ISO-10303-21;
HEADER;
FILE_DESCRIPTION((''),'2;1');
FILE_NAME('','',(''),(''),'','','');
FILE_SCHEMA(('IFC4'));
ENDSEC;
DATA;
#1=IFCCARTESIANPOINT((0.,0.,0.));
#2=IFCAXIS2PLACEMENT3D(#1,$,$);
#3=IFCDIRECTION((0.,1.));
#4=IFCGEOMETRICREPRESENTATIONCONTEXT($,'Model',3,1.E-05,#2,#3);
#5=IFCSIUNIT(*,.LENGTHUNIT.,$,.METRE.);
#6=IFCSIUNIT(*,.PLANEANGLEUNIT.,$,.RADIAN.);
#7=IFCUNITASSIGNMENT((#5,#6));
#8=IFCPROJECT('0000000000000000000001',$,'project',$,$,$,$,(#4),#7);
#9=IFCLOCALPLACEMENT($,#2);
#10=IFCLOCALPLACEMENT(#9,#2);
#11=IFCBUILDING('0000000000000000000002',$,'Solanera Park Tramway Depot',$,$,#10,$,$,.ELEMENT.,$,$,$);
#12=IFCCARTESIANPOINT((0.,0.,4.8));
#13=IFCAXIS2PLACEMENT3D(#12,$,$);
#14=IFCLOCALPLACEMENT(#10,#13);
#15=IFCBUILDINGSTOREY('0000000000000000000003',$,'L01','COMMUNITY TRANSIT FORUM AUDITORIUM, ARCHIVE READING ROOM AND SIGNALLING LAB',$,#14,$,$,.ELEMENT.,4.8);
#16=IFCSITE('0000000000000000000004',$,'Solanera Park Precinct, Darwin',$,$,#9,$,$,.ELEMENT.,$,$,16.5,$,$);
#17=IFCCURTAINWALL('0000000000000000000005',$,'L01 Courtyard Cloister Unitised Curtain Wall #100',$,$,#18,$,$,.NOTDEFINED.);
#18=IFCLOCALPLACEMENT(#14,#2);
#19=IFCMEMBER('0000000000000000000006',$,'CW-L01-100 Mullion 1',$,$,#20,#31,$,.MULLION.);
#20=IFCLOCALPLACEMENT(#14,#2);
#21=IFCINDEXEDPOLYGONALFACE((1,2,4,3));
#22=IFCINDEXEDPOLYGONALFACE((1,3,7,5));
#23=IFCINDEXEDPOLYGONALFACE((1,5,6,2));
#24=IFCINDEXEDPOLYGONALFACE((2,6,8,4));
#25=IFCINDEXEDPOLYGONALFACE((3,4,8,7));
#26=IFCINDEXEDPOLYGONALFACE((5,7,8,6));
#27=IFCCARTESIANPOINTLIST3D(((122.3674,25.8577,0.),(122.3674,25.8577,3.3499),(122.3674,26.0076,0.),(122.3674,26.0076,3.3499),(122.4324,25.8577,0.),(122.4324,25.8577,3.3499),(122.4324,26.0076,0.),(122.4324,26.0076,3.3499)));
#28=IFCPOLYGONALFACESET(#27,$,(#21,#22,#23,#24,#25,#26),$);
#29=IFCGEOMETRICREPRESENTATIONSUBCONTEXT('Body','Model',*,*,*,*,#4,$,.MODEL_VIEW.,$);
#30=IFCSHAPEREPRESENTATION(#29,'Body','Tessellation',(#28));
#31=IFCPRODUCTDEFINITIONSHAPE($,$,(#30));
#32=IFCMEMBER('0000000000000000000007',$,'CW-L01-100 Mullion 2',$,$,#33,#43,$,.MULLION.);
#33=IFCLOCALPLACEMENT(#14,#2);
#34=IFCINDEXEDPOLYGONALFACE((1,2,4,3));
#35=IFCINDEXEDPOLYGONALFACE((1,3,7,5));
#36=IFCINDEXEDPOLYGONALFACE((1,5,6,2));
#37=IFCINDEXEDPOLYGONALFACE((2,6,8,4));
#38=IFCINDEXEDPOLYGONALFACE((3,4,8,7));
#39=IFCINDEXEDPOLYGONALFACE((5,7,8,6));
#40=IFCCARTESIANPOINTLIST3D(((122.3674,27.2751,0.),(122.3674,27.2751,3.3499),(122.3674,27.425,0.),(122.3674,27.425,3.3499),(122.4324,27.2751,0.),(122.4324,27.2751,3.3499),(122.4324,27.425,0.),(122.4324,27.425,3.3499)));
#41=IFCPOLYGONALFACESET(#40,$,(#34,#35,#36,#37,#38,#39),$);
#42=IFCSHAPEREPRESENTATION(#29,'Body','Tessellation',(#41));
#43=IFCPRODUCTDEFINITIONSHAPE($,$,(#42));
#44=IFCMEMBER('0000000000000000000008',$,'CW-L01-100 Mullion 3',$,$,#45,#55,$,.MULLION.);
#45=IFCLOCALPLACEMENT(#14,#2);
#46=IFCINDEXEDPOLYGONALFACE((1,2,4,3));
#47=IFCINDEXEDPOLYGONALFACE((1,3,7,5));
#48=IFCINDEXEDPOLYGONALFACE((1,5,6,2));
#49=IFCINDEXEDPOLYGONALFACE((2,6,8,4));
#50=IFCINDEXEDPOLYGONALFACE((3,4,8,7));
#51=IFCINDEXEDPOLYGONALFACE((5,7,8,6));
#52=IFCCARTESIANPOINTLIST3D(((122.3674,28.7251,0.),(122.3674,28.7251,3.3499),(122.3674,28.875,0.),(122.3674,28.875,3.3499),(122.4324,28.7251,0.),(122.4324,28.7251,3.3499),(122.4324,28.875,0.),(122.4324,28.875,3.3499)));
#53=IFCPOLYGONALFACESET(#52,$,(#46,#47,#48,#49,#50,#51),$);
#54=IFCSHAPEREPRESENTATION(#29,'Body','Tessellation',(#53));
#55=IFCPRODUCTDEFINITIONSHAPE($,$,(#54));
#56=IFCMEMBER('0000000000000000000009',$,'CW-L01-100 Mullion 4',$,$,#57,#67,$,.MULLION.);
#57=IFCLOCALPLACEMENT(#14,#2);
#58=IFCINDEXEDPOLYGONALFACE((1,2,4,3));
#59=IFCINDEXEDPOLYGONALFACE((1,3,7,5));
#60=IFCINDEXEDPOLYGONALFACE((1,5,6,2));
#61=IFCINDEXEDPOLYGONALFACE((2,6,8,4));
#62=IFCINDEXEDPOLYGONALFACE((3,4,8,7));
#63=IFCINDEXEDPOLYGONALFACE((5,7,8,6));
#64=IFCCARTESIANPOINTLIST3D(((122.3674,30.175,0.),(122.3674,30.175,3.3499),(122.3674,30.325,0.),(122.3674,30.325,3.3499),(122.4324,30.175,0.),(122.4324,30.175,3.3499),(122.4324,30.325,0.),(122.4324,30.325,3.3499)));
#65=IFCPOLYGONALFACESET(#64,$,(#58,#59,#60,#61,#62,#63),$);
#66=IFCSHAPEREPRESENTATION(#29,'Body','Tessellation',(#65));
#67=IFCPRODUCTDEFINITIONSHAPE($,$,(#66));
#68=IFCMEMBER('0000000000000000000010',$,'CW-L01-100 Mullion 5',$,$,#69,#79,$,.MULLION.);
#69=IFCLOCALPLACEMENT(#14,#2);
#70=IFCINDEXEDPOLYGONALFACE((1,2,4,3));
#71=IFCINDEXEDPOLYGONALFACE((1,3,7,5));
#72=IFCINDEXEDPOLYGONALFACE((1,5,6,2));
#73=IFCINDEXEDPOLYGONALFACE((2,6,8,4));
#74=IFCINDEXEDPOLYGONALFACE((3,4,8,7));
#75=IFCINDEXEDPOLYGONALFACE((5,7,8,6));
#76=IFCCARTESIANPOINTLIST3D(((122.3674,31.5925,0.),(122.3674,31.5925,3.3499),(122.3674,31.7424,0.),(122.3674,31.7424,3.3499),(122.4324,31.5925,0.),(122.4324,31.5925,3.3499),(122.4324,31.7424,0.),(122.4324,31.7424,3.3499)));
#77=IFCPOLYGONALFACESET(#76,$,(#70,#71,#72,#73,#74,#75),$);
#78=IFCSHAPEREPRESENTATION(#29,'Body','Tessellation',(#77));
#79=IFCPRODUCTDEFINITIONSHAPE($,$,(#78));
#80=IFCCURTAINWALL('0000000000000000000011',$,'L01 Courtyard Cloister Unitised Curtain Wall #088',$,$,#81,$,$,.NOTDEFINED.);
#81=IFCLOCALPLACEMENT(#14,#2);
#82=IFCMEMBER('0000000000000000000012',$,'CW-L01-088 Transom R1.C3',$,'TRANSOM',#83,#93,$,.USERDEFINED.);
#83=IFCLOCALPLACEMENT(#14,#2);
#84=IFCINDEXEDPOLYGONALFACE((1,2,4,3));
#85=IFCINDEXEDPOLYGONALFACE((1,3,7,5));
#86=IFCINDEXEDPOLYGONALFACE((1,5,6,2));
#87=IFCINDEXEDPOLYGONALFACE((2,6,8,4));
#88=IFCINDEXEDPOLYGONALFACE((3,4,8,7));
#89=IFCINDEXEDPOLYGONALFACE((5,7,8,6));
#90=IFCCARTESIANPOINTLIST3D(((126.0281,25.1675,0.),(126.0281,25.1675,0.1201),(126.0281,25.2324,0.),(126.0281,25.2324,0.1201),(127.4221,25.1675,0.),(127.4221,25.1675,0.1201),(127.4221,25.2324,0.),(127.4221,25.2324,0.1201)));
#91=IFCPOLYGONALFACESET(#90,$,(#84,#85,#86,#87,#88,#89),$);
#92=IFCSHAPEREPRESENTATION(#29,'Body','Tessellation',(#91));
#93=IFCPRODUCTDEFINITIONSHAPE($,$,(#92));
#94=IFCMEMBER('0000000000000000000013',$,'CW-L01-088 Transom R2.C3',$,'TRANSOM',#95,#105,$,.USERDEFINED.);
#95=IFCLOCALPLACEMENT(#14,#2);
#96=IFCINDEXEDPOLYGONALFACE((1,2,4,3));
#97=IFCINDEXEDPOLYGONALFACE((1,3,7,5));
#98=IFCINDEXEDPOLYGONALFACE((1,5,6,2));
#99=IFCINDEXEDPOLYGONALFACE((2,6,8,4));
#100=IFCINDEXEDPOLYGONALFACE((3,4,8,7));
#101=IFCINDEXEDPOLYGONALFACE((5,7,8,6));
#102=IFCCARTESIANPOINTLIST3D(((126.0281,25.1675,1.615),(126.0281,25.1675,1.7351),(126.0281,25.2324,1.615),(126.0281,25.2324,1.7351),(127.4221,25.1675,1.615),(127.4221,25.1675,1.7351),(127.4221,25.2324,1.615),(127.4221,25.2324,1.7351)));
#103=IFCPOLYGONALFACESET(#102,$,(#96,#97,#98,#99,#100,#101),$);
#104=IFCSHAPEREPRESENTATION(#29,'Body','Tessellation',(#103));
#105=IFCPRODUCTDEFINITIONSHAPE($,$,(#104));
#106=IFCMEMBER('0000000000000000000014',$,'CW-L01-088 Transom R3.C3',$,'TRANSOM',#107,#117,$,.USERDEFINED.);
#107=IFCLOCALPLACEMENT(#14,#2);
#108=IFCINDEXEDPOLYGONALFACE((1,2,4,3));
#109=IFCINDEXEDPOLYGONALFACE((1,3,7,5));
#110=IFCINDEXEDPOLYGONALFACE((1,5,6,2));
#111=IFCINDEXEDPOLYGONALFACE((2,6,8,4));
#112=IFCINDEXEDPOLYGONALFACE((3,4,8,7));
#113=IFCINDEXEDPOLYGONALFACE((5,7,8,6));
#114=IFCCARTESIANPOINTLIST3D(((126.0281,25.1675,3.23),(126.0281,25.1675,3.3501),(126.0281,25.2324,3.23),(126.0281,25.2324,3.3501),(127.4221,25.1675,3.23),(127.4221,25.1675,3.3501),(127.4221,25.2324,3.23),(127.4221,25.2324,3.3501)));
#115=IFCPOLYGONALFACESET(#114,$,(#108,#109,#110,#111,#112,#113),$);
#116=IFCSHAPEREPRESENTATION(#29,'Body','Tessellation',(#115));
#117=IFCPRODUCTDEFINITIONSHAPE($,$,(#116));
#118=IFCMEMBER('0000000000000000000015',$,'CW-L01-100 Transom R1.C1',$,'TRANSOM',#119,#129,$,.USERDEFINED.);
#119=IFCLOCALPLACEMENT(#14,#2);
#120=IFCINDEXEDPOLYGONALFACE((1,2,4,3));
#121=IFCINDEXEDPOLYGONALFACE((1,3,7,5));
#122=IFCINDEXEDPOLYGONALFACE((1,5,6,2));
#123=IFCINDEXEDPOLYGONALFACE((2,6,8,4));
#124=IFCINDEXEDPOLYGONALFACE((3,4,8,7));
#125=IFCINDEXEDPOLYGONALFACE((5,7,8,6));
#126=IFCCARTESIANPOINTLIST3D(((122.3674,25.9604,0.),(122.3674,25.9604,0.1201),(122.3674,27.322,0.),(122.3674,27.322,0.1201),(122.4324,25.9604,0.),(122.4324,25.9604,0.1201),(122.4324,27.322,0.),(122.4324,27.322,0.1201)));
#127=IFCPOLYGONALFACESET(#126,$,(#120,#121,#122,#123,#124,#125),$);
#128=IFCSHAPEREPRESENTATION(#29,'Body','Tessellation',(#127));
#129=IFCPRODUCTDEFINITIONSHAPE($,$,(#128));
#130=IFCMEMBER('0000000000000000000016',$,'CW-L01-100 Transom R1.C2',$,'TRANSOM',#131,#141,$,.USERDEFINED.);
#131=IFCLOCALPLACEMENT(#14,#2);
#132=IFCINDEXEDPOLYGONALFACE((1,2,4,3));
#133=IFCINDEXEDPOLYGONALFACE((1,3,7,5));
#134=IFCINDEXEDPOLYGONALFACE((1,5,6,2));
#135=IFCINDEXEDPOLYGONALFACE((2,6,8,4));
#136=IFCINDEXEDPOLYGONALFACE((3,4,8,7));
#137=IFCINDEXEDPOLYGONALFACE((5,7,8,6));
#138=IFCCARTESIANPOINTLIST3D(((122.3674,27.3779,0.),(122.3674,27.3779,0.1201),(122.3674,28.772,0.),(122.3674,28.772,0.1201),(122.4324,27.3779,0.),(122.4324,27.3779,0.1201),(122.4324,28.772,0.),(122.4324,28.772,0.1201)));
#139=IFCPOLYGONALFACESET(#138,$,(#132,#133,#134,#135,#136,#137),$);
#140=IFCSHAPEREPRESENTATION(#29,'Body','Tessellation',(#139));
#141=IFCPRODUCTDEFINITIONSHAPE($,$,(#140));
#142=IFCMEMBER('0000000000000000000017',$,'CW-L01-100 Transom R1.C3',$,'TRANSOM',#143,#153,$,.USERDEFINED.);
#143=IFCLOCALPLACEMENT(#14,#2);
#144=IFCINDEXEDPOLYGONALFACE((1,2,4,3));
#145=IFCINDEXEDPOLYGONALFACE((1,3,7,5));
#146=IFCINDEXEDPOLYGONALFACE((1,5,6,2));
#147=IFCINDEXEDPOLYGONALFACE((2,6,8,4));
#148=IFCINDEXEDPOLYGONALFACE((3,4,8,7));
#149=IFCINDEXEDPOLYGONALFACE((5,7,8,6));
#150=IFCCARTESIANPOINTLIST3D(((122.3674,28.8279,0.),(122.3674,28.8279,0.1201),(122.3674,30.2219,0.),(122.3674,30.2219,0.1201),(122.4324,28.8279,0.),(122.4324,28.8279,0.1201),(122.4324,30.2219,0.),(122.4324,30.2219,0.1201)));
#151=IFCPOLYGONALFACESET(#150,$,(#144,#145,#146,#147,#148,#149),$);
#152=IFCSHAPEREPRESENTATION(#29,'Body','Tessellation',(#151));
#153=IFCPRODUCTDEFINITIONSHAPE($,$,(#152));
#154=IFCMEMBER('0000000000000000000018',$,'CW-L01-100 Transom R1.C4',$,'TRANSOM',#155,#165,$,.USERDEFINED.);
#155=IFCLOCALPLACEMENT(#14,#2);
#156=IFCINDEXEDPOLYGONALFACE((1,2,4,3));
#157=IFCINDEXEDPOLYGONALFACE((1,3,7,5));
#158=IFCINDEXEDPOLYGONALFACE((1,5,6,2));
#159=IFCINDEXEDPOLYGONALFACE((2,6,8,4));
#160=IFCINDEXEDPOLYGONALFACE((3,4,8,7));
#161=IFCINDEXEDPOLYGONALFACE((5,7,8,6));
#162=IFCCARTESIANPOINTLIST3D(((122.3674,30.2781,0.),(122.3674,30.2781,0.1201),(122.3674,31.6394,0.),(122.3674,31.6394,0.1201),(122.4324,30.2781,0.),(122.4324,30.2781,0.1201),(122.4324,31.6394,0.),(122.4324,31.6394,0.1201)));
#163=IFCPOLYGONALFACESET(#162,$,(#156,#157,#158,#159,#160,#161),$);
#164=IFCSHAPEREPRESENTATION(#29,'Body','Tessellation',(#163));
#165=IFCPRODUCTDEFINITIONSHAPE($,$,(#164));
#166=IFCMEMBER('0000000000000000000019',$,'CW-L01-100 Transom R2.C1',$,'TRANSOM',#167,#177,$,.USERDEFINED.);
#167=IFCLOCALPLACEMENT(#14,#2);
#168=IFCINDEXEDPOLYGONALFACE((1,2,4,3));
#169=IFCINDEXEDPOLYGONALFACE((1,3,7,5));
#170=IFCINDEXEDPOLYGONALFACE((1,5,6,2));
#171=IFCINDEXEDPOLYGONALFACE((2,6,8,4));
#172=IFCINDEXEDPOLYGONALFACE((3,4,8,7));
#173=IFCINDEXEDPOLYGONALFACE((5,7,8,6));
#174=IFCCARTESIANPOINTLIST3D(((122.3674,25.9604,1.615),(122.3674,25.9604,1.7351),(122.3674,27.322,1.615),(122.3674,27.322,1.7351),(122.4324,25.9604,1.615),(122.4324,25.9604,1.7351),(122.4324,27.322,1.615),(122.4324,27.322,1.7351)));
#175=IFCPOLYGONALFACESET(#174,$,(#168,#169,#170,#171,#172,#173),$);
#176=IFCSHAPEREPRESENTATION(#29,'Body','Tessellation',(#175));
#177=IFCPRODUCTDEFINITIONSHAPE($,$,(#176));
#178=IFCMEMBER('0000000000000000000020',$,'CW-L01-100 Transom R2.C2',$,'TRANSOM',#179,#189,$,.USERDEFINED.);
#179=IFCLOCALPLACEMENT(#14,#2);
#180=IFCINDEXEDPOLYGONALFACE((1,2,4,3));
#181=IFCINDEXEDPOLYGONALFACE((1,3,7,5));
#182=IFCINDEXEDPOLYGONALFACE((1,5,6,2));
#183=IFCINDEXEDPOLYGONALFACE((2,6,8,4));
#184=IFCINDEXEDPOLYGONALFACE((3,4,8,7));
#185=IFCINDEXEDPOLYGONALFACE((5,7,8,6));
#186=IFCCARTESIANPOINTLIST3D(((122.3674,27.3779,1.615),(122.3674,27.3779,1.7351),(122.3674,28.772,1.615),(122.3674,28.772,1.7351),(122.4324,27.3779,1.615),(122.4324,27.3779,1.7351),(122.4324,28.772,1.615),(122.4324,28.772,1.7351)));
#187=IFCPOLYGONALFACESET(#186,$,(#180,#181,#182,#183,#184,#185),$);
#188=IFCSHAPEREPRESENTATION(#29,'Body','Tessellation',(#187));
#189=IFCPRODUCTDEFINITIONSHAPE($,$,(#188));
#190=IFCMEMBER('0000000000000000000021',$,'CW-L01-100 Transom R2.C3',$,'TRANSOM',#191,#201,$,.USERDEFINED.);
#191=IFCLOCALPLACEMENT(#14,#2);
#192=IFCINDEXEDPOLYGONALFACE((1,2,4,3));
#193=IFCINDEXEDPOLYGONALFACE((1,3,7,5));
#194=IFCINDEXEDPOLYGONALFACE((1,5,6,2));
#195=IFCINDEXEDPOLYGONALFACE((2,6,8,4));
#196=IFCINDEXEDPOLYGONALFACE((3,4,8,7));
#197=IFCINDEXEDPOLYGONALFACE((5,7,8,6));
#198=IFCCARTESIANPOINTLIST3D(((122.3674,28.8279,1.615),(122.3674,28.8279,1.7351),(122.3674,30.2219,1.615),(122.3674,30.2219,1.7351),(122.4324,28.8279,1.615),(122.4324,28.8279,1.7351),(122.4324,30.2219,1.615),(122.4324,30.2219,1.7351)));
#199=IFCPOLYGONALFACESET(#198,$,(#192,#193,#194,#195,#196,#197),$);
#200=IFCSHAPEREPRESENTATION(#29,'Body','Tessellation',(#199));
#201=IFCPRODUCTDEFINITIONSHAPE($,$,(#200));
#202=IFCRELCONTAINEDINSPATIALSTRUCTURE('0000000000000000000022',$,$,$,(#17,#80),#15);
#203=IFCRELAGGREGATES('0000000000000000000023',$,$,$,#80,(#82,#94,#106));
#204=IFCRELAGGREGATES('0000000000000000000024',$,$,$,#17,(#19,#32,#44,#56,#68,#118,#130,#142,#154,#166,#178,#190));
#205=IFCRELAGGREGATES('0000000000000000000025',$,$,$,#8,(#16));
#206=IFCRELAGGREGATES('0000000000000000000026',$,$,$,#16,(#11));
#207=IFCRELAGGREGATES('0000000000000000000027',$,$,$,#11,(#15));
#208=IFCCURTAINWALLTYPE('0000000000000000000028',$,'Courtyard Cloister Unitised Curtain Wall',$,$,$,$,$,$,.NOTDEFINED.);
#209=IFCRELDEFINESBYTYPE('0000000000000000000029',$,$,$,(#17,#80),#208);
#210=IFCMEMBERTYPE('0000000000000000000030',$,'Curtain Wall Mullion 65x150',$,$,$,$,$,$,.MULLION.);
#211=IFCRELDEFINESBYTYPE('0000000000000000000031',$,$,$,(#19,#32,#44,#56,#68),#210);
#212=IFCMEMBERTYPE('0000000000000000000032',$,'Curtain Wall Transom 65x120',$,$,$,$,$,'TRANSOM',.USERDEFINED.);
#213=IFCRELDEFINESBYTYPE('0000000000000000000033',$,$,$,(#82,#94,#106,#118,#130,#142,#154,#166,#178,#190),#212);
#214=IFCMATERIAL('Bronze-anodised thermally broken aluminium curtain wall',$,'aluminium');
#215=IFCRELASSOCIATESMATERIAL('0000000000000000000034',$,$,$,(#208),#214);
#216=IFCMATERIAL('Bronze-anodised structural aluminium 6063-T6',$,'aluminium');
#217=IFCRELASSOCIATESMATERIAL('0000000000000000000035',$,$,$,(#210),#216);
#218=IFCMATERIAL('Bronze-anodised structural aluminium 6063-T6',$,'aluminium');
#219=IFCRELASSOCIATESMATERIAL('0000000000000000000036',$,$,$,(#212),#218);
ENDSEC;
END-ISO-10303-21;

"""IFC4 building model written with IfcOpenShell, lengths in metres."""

from ifc_helpers import new_model, si_unit, direction, frame, origin, origin_2d, place, context, subcontext, project, spatial, rectangle, extrude, material, material_profile, profile_set, type_object, element, aggregate, save


model = new_model("IFC4")

# Units and contexts
model_context = context("Model", 3, precision=1e-05, world=origin(), true_north=direction((0.0, 1.0)))
body_context = subcontext(model_context, "Body", "Model", "MODEL_VIEW")
ifc_project = project(units=[si_unit("LENGTHUNIT", "METRE"), si_unit("PLANEANGLEUNIT", "RADIAN")], contexts=[model_context])

# Site, building, storey
site_placement = place(None, origin())
site = spatial("IfcSite", under=ifc_project, at=site_placement, Name="Solanera Park Precinct, Darwin", CompositionType="ELEMENT", RefElevation=16.5)
building_placement = place(site_placement, origin())
building = spatial("IfcBuilding", under=site, at=building_placement, Name="Solanera Park Tramway Depot", CompositionType="ELEMENT")
storey_placement = place(building_placement, frame((0.0, 0.0, 4.8)))
storey = spatial("IfcBuildingStorey", under=building, at=storey_placement, Name="L01", Description="COMMUNITY TRANSIT FORUM AUDITORIUM, ARCHIVE READING ROOM AND SIGNALLING LAB", CompositionType="ELEMENT", Elevation=4.8)

# Curtain walls, members
ifc_material_1 = material(Name="Bronze-anodised thermally broken aluminium curtain wall", Category="aluminium")
curtain_wall_type = type_object("IfcCurtainWallType", Name="Courtyard Cloister Unitised Curtain Wall", PredefinedType="NOTDEFINED", material=ifc_material_1)
curtain_wall_1_placement = place(storey_placement, origin())
curtain_wall_1 = element("IfcCurtainWall", 1, at=curtain_wall_1_placement, inside=storey, type_object=curtain_wall_type, Name="L01 Courtyard Cloister Unitised Curtain Wall #100", PredefinedType="NOTDEFINED")
ifc_material_2 = material(Name="Bronze-anodised structural aluminium 6063-T6", Category="aluminium")
ifc_material_profile_1 = material_profile(ifc_material_2, rectangle(XDim=0.0649, YDim=0.1499, at=origin_2d()), Name="Curtain Wall Mullion 65x150")
ifc_profile_set_1 = profile_set([ifc_material_profile_1], Name="Bronze-anodised structural aluminium 6063-T6")
member_type_1 = type_object("IfcMemberType", Name="Curtain Wall Mullion 65x150", PredefinedType="MULLION", material=ifc_profile_set_1)
member_1_placement = place(storey_placement, frame((122.3999, 25.9326, 0.0), z_axis=(0.0, 0.0, 1.0), x_axis=(1.0, 0.0, 0.0)))
member_1 = element("IfcMember", 2, at=member_1_placement, type_object=member_type_1, Name="CW-L01-100 Mullion 1", PredefinedType="MULLION", context=body_context, shape_type="SweptSolid", body=[
    extrude(rectangle(XDim=0.0649, YDim=0.1499, at=origin_2d()), origin(), (0.0, 0.0, 1.0), 3.3499),
])
member_2_placement = place(storey_placement, frame((122.3999, 27.3501, 0.0), z_axis=(0.0, 0.0, 1.0), x_axis=(1.0, 0.0, 0.0)))
member_2 = element("IfcMember", 3, at=member_2_placement, type_object=member_type_1, Name="CW-L01-100 Mullion 2", PredefinedType="MULLION", context=body_context, shape_type="SweptSolid", body=[
    extrude(rectangle(XDim=0.0649, YDim=0.1499, at=origin_2d()), origin(), (0.0, 0.0, 1.0), 3.3499),
])
member_3_placement = place(storey_placement, frame((122.3999, 28.8, 0.0), z_axis=(0.0, 0.0, 1.0), x_axis=(1.0, 0.0, 0.0)))
member_3 = element("IfcMember", 4, at=member_3_placement, type_object=member_type_1, Name="CW-L01-100 Mullion 3", PredefinedType="MULLION", context=body_context, shape_type="SweptSolid", body=[
    extrude(rectangle(XDim=0.0649, YDim=0.1499, at=origin_2d()), origin(), (0.0, 0.0, 1.0), 3.3499),
])
member_4_placement = place(storey_placement, frame((122.3999, 30.25, 0.0), z_axis=(0.0, 0.0, 1.0), x_axis=(1.0, 0.0, 0.0)))
member_4 = element("IfcMember", 5, at=member_4_placement, type_object=member_type_1, Name="CW-L01-100 Mullion 4", PredefinedType="MULLION", context=body_context, shape_type="SweptSolid", body=[
    extrude(rectangle(XDim=0.0649, YDim=0.1499, at=origin_2d()), origin(), (0.0, 0.0, 1.0), 3.3499),
])
member_5_placement = place(storey_placement, frame((122.3999, 31.6675, 0.0), z_axis=(0.0, 0.0, 1.0), x_axis=(1.0, 0.0, 0.0)))
member_5 = element("IfcMember", 6, at=member_5_placement, type_object=member_type_1, Name="CW-L01-100 Mullion 5", PredefinedType="MULLION", context=body_context, shape_type="SweptSolid", body=[
    extrude(rectangle(XDim=0.0649, YDim=0.1499, at=origin_2d()), origin(), (0.0, 0.0, 1.0), 3.3499),
])
curtain_wall_2_placement = place(storey_placement, origin())
curtain_wall_2 = element("IfcCurtainWall", 7, at=curtain_wall_2_placement, inside=storey, type_object=curtain_wall_type, Name="L01 Courtyard Cloister Unitised Curtain Wall #088", PredefinedType="NOTDEFINED")
ifc_material_3 = material(Name="Bronze-anodised structural aluminium 6063-T6", Category="aluminium")
ifc_material_profile_2 = material_profile(ifc_material_3, rectangle(XDim=0.0649, YDim=0.1201, at=origin_2d()), Name="Curtain Wall Transom 65x120")
ifc_profile_set_2 = profile_set([ifc_material_profile_2], Name="Bronze-anodised structural aluminium 6063-T6")
member_type_2 = type_object("IfcMemberType", Name="Curtain Wall Transom 65x120", ElementType="TRANSOM", PredefinedType="USERDEFINED", material=ifc_profile_set_2)
member_6_placement = place(storey_placement, frame((126.0281, 25.2, 0.0601), z_axis=(1.0, 0.0, 0.0), x_axis=(0.0, 1.0, 0.0)))
member_6 = element("IfcMember", 8, at=member_6_placement, type_object=member_type_2, Name="CW-L01-088 Transom R1.C3", ObjectType="TRANSOM", PredefinedType="USERDEFINED", context=body_context, shape_type="SweptSolid", body=[
    extrude(rectangle(XDim=0.0649, YDim=0.1201, at=origin_2d()), origin(), (0.0, 0.0, 1.0), 1.394),
])
member_7_placement = place(storey_placement, frame((126.0281, 25.2, 1.675), z_axis=(1.0, 0.0, 0.0), x_axis=(0.0, 1.0, 0.0)))
member_7 = element("IfcMember", 9, at=member_7_placement, type_object=member_type_2, Name="CW-L01-088 Transom R2.C3", ObjectType="TRANSOM", PredefinedType="USERDEFINED", context=body_context, shape_type="SweptSolid", body=[
    extrude(rectangle(XDim=0.0649, YDim=0.1201, at=origin_2d()), origin(), (0.0, 0.0, 1.0), 1.394),
])
member_8_placement = place(storey_placement, frame((126.0281, 25.2, 3.29), z_axis=(1.0, 0.0, 0.0), x_axis=(0.0, 1.0, 0.0)))
member_8 = element("IfcMember", 10, at=member_8_placement, type_object=member_type_2, Name="CW-L01-088 Transom R3.C3", ObjectType="TRANSOM", PredefinedType="USERDEFINED", context=body_context, shape_type="SweptSolid", body=[
    extrude(rectangle(XDim=0.0649, YDim=0.1201, at=origin_2d()), origin(), (0.0, 0.0, 1.0), 1.394),
])

# Members
member_9_placement = place(storey_placement, frame((122.3999, 25.9604, 0.0601), z_axis=(0.0, 1.0, 0.0), x_axis=(-1.0, 0.0, 0.0)))
member_9 = element("IfcMember", 11, at=member_9_placement, type_object=member_type_2, Name="CW-L01-100 Transom R1.C1", ObjectType="TRANSOM", PredefinedType="USERDEFINED", context=body_context, shape_type="SweptSolid", body=[
    extrude(rectangle(XDim=0.0649, YDim=0.1201, at=origin_2d()), origin(), (0.0, 0.0, 1.0), 1.3616),
])
member_10_placement = place(storey_placement, frame((122.3999, 27.3779, 0.0601), z_axis=(0.0, 1.0, 0.0), x_axis=(-1.0, 0.0, 0.0)))
member_10 = element("IfcMember", 12, at=member_10_placement, type_object=member_type_2, Name="CW-L01-100 Transom R1.C2", ObjectType="TRANSOM", PredefinedType="USERDEFINED", context=body_context, shape_type="SweptSolid", body=[
    extrude(rectangle(XDim=0.0649, YDim=0.1201, at=origin_2d()), origin(), (0.0, 0.0, 1.0), 1.394),
])
member_11_placement = place(storey_placement, frame((122.3999, 28.8279, 0.0601), z_axis=(0.0, 1.0, 0.0), x_axis=(-1.0, 0.0, 0.0)))
member_11 = element("IfcMember", 13, at=member_11_placement, type_object=member_type_2, Name="CW-L01-100 Transom R1.C3", ObjectType="TRANSOM", PredefinedType="USERDEFINED", context=body_context, shape_type="SweptSolid", body=[
    extrude(rectangle(XDim=0.0649, YDim=0.1201, at=origin_2d()), origin(), (0.0, 0.0, 1.0), 1.394),
])
member_12_placement = place(storey_placement, frame((122.3999, 30.2781, 0.0601), z_axis=(0.0, 1.0, 0.0), x_axis=(-1.0, 0.0, 0.0)))
member_12 = element("IfcMember", 14, at=member_12_placement, type_object=member_type_2, Name="CW-L01-100 Transom R1.C4", ObjectType="TRANSOM", PredefinedType="USERDEFINED", context=body_context, shape_type="SweptSolid", body=[
    extrude(rectangle(XDim=0.0649, YDim=0.1201, at=origin_2d()), origin(), (0.0, 0.0, 1.0), 1.3613),
])
member_13_placement = place(storey_placement, frame((122.3999, 25.9604, 1.675), z_axis=(0.0, 1.0, 0.0), x_axis=(-1.0, 0.0, 0.0)))
member_13 = element("IfcMember", 15, at=member_13_placement, type_object=member_type_2, Name="CW-L01-100 Transom R2.C1", ObjectType="TRANSOM", PredefinedType="USERDEFINED", context=body_context, shape_type="SweptSolid", body=[
    extrude(rectangle(XDim=0.0649, YDim=0.1201, at=origin_2d()), origin(), (0.0, 0.0, 1.0), 1.3616),
])
member_14_placement = place(storey_placement, frame((122.3999, 27.3779, 1.675), z_axis=(0.0, 1.0, 0.0), x_axis=(-1.0, 0.0, 0.0)))
member_14 = element("IfcMember", 16, at=member_14_placement, type_object=member_type_2, Name="CW-L01-100 Transom R2.C2", ObjectType="TRANSOM", PredefinedType="USERDEFINED", context=body_context, shape_type="SweptSolid", body=[
    extrude(rectangle(XDim=0.0649, YDim=0.1201, at=origin_2d()), origin(), (0.0, 0.0, 1.0), 1.394),
])
member_15_placement = place(storey_placement, frame((122.3999, 28.8279, 1.675), z_axis=(0.0, 1.0, 0.0), x_axis=(-1.0, 0.0, 0.0)))
member_15 = element("IfcMember", 17, at=member_15_placement, type_object=member_type_2, Name="CW-L01-100 Transom R2.C3", ObjectType="TRANSOM", PredefinedType="USERDEFINED", context=body_context, shape_type="SweptSolid", body=[
    extrude(rectangle(XDim=0.0649, YDim=0.1201, at=origin_2d()), origin(), (0.0, 0.0, 1.0), 1.394),
])

aggregate(curtain_wall_2, [member_6, member_7, member_8])
aggregate(curtain_wall_1, [member_1, member_2, member_3, member_4, member_5, member_9, member_10, member_11, member_12, member_13, member_14, member_15])

save(model, "model.ifc")
